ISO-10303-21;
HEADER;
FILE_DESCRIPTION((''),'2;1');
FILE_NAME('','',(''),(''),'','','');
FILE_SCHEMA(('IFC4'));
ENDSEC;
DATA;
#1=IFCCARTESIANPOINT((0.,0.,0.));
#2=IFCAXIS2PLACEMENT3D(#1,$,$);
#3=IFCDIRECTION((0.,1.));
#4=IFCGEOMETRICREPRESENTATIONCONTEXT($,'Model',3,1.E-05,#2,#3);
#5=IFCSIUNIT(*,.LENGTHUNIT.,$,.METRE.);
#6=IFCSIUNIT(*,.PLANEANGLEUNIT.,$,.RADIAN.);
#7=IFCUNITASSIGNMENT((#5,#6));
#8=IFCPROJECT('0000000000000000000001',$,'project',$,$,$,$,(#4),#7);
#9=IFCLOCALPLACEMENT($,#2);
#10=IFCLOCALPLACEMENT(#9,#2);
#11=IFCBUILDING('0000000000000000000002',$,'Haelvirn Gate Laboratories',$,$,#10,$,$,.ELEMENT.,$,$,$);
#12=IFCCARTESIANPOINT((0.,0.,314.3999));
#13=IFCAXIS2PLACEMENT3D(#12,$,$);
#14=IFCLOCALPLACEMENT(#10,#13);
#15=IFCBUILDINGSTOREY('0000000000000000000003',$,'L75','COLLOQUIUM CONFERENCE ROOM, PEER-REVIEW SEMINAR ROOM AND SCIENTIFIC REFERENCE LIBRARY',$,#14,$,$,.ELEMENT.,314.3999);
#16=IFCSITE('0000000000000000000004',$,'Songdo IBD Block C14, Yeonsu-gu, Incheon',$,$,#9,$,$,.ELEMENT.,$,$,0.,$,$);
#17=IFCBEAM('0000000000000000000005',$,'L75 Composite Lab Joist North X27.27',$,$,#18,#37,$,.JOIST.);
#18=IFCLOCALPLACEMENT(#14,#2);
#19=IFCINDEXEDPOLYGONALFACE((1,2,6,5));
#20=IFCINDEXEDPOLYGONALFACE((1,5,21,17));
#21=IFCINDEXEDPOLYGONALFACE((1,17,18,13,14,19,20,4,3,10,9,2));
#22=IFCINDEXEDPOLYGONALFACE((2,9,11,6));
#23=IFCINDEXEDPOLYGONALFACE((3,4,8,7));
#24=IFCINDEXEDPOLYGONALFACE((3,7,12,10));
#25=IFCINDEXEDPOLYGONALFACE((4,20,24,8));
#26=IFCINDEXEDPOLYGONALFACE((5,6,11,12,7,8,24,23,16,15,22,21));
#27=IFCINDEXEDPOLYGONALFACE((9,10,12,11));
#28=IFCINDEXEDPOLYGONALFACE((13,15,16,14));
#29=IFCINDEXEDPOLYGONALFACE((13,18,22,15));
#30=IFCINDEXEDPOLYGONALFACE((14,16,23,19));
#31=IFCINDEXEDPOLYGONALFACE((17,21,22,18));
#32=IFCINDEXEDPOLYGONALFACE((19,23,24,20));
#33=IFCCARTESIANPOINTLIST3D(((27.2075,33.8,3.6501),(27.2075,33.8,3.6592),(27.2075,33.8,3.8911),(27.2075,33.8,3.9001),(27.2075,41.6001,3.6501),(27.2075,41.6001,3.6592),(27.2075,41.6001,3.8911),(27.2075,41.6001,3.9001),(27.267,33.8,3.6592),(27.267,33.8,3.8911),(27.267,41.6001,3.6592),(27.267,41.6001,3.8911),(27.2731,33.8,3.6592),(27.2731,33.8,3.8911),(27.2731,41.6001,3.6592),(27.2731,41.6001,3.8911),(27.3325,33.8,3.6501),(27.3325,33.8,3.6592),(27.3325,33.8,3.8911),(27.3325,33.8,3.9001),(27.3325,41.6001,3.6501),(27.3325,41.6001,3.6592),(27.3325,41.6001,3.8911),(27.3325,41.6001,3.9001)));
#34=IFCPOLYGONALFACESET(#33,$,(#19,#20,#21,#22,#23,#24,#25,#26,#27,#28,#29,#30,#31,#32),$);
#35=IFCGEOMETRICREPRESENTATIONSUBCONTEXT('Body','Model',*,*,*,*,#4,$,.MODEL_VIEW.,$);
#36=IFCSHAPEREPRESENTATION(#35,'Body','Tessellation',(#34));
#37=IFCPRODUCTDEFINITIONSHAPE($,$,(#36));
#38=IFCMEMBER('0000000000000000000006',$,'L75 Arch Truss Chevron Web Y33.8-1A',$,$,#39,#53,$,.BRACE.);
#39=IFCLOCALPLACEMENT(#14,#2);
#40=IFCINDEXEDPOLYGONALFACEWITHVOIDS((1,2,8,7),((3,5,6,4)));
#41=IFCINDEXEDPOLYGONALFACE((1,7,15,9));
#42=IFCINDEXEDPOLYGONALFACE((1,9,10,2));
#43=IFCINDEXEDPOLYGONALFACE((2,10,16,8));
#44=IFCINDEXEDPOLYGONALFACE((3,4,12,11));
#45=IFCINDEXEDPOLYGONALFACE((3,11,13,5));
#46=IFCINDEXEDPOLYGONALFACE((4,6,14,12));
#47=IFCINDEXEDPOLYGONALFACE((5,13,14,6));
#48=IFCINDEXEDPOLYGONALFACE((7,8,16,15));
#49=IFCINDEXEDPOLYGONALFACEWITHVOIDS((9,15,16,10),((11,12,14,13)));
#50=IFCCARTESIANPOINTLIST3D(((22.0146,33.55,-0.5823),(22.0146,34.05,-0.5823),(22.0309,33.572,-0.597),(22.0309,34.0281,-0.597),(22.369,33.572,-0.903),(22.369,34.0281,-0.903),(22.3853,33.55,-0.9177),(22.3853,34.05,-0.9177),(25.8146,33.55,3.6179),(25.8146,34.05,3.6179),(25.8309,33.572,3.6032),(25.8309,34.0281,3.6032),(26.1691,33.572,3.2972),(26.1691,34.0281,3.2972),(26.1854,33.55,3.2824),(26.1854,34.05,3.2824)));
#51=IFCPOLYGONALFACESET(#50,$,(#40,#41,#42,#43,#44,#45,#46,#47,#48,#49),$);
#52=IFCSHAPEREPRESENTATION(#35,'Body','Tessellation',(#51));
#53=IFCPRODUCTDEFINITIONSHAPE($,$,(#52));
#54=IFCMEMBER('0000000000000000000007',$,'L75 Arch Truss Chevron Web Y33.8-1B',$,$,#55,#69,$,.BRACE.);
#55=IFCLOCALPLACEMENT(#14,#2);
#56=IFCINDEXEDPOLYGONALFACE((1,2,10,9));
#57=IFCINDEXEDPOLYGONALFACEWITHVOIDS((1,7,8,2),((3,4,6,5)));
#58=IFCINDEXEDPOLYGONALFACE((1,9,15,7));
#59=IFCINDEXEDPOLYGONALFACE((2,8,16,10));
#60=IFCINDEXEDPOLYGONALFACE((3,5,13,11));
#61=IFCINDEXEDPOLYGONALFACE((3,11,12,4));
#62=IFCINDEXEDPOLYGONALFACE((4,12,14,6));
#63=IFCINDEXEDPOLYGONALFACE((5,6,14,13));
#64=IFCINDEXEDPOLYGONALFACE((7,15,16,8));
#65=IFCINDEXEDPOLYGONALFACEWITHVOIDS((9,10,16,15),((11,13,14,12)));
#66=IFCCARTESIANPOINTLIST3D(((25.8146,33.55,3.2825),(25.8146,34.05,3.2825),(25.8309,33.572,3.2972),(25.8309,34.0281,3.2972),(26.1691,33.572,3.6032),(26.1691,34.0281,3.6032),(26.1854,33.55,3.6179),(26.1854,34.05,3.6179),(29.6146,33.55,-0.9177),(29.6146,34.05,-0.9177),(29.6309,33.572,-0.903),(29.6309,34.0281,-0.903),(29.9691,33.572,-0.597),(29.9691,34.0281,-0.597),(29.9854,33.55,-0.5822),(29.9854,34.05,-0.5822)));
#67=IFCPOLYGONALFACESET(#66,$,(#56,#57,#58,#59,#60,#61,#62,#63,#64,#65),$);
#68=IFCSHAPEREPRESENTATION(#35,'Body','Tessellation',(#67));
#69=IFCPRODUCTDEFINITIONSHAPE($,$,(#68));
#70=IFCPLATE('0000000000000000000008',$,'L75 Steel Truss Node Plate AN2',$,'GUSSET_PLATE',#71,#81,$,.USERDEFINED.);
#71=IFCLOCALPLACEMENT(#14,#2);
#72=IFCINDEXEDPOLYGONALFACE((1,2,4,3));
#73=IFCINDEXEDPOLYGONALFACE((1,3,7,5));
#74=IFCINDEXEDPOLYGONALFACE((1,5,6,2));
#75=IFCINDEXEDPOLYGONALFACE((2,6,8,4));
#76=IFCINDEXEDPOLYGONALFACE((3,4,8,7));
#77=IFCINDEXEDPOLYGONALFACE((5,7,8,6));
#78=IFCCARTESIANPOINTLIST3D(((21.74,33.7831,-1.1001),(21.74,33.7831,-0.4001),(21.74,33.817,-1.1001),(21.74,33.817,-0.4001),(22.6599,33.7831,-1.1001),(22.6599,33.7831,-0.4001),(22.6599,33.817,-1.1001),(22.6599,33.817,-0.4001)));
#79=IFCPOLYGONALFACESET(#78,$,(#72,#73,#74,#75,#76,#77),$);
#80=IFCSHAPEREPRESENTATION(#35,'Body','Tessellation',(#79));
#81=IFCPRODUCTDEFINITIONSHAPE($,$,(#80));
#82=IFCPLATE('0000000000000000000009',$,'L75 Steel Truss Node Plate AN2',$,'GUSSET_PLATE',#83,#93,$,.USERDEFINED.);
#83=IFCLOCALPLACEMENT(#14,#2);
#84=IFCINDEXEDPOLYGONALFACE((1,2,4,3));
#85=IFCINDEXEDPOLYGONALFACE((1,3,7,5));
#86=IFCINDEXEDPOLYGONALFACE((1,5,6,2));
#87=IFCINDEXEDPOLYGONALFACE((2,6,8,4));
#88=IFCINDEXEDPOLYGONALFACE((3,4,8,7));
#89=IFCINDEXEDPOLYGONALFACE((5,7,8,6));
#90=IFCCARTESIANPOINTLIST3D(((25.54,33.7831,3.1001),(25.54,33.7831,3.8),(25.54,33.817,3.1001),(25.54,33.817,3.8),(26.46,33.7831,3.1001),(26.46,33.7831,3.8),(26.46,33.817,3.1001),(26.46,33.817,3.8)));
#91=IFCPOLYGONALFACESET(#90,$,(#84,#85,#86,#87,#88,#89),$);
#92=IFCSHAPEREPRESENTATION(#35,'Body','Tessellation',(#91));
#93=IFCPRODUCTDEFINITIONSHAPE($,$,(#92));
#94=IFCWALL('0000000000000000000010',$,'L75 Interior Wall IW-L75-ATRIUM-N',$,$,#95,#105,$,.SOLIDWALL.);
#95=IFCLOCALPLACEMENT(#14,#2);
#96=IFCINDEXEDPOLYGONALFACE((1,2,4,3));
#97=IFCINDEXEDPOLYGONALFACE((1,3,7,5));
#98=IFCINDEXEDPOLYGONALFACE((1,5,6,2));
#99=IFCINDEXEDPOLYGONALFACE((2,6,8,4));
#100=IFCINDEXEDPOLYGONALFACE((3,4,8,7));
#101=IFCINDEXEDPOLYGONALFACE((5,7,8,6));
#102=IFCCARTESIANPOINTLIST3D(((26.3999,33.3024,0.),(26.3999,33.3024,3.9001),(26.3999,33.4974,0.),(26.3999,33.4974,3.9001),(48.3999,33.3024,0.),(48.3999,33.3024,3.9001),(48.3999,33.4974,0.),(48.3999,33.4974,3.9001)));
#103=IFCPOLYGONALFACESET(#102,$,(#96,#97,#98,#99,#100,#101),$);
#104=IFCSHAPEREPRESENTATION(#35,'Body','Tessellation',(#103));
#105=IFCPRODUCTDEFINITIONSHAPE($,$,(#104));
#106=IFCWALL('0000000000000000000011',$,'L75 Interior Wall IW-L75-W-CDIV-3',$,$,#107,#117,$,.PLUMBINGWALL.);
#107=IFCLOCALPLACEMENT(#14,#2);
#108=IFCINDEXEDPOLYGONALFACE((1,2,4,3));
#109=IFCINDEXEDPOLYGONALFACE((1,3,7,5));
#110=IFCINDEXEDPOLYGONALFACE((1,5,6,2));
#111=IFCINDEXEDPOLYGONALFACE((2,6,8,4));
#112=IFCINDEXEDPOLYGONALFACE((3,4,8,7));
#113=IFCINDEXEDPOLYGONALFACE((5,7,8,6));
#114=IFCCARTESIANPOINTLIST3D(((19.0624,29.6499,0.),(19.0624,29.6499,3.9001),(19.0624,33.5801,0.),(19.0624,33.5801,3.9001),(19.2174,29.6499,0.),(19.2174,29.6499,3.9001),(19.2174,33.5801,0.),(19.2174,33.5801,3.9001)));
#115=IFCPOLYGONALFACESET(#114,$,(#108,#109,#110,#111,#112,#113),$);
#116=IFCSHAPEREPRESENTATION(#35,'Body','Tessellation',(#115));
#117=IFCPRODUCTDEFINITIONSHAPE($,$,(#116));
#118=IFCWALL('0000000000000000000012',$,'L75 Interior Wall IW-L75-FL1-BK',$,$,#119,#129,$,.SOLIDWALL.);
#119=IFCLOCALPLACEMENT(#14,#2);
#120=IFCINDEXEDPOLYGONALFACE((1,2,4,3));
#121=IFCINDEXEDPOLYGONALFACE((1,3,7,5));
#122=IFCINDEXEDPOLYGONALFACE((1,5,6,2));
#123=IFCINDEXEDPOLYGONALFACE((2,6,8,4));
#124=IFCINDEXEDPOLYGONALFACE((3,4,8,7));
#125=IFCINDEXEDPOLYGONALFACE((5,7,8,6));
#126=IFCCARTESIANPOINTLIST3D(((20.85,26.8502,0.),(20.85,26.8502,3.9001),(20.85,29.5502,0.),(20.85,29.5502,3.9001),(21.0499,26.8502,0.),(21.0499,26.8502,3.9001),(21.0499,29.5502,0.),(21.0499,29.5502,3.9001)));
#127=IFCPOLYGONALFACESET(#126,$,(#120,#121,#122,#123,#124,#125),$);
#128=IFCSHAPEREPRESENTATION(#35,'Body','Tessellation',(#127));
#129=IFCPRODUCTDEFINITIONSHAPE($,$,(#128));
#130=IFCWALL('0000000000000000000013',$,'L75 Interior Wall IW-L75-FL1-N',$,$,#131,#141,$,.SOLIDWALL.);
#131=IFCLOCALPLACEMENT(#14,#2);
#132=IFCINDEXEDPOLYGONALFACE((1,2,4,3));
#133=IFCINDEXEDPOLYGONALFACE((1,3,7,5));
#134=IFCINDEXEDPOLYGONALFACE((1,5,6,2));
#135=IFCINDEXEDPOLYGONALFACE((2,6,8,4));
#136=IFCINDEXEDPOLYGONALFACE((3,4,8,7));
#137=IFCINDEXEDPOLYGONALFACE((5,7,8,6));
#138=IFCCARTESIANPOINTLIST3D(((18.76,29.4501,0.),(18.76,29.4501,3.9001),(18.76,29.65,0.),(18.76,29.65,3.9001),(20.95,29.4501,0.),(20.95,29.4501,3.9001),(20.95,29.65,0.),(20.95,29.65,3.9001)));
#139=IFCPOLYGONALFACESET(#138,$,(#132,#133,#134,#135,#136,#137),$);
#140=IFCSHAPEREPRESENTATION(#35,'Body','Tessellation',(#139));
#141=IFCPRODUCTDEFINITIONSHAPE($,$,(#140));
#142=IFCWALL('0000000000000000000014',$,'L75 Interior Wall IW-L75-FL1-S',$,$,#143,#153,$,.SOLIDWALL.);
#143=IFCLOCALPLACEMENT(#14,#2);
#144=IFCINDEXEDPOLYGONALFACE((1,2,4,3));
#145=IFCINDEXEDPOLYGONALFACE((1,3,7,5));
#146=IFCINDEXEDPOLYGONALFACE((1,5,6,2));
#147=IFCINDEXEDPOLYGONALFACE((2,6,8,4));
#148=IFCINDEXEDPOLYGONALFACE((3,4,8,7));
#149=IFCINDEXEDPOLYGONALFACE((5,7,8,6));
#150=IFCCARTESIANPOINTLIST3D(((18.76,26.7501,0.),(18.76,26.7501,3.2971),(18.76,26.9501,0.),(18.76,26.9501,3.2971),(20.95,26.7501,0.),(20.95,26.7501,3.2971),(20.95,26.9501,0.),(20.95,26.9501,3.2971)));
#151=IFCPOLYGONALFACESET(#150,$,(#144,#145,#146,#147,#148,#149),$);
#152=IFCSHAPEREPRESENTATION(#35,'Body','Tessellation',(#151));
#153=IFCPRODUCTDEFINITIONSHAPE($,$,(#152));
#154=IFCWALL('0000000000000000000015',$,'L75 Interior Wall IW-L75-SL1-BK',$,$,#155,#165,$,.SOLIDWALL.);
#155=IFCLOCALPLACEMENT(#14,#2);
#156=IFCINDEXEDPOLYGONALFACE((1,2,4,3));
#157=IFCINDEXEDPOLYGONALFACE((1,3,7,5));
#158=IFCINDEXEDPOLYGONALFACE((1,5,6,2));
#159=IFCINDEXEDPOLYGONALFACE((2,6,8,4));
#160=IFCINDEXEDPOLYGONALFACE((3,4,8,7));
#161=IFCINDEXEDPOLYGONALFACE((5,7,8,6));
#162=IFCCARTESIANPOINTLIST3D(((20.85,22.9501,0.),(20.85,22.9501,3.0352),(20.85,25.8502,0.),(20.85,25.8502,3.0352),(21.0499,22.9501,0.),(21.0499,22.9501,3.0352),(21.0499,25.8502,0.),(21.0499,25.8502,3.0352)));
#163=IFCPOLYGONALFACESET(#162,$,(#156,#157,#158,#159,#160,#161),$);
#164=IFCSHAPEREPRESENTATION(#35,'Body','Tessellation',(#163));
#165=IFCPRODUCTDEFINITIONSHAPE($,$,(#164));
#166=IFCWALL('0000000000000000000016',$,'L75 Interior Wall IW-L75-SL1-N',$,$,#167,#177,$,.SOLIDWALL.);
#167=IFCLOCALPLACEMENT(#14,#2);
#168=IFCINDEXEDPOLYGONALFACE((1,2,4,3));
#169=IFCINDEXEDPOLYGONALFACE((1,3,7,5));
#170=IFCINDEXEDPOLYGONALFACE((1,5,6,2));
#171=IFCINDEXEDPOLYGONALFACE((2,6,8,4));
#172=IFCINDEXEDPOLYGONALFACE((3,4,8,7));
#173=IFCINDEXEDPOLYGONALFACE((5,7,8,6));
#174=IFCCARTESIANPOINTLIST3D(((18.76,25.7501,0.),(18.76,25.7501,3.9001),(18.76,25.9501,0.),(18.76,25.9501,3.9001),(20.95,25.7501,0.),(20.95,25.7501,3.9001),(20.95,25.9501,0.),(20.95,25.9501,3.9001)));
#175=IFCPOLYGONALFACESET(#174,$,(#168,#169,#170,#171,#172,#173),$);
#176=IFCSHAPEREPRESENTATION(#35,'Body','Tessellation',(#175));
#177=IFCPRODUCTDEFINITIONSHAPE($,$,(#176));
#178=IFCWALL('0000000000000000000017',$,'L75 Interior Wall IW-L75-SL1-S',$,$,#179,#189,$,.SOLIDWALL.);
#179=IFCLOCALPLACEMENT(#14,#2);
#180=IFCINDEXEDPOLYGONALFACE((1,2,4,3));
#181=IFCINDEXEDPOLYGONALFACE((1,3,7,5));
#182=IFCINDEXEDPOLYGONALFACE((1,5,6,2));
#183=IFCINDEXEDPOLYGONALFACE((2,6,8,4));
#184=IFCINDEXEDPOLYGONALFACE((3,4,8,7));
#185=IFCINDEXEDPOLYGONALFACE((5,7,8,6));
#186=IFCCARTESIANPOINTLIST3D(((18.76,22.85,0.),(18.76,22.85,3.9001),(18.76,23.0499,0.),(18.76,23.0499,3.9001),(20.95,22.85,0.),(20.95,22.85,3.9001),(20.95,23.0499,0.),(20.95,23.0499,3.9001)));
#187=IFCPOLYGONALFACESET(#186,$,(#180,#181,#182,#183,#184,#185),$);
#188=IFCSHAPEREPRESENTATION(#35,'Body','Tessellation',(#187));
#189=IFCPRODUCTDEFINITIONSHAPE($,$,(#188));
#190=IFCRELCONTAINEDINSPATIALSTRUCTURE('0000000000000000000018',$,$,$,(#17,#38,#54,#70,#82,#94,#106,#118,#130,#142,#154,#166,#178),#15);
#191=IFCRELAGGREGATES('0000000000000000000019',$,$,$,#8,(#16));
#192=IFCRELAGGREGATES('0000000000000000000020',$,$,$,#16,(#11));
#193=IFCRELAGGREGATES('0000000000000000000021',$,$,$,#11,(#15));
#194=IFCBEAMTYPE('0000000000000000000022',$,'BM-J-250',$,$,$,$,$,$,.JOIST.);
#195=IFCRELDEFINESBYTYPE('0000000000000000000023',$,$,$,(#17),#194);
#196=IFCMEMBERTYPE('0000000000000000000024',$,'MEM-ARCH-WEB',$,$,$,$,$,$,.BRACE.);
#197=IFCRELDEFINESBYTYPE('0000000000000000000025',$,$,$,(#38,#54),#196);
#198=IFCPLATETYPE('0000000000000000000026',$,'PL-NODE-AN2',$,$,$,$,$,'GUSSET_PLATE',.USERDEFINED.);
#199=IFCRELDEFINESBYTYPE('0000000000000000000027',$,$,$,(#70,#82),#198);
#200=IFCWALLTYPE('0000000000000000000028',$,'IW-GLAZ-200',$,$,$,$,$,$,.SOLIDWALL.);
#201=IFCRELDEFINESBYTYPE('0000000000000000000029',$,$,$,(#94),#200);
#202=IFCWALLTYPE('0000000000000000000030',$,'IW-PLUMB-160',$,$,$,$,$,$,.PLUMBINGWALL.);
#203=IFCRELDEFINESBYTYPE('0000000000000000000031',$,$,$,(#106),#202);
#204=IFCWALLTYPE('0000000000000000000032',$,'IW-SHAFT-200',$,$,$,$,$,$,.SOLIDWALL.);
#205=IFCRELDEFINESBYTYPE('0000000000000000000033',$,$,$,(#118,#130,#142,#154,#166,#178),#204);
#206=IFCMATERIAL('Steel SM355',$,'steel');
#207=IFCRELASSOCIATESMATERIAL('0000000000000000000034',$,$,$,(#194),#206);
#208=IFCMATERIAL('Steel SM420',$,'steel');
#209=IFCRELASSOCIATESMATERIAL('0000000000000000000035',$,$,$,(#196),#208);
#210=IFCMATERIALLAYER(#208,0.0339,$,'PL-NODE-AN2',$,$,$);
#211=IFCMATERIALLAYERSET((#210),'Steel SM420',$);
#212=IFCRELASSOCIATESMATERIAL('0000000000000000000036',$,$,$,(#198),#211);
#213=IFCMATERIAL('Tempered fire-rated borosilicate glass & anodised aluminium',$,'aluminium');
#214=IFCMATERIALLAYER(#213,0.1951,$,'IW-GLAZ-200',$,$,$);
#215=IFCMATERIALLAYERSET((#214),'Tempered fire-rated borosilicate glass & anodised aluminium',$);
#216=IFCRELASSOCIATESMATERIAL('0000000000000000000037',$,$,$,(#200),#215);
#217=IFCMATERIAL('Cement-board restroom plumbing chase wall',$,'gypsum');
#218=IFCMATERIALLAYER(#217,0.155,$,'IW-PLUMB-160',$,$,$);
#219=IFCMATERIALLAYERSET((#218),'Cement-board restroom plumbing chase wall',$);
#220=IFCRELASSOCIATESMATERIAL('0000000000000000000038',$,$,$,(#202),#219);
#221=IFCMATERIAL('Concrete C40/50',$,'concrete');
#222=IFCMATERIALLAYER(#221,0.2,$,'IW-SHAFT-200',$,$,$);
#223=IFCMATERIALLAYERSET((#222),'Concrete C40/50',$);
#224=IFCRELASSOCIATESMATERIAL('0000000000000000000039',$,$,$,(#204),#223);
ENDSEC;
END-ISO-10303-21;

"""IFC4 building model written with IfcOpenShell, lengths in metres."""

from ifc_helpers import new_model, si_unit, direction, frame, frame_2d, origin, origin_2d, place, context, subcontext, project, spatial, rectangle, hollow_rectangle, i_section, extrude, source, transform, mapped, material, layer, layer_set, material_profile, profile_set, type_object, type_shapes, element, save


model = new_model("IFC4")

# Units and contexts
model_context = context("Model", 3, precision=1e-05, world=origin(), true_north=direction((0.0, 1.0)))
body_context = subcontext(model_context, "Body", "Model", "MODEL_VIEW")
ifc_project = project(units=[si_unit("LENGTHUNIT", "METRE"), si_unit("PLANEANGLEUNIT", "RADIAN")], contexts=[model_context])

# Site, building, storey
site_placement = place(None, origin())
site = spatial("IfcSite", under=ifc_project, at=site_placement, Name="Songdo IBD Block C14, Yeonsu-gu, Incheon", CompositionType="ELEMENT", RefElevation=0.0)
building_placement = place(site_placement, origin())
building = spatial("IfcBuilding", under=site, at=building_placement, Name="Haelvirn Gate Laboratories", CompositionType="ELEMENT")
storey_placement = place(building_placement, frame((0.0, 0.0, 314.3999)))
storey = spatial("IfcBuildingStorey", under=building, at=storey_placement, Name="L75", Description="COLLOQUIUM CONFERENCE ROOM, PEER-REVIEW SEMINAR ROOM AND SCIENTIFIC REFERENCE LIBRARY", CompositionType="ELEMENT", Elevation=314.3999)

# Shared definitions
ifc_material_1 = material(Name="Steel SM355", Category="steel")

# Beam
ifc_material_2 = material(Name="Steel SM420", Category="steel")
ifc_material_profile_1 = material_profile(ifc_material_1, i_section(OverallWidth=0.125, OverallDepth=0.25, WebThickness=0.0061, FlangeThickness=0.009, at=origin_2d()), Name="H-250x125x6x9")
ifc_profile_set_1 = profile_set([ifc_material_profile_1], Name="Steel SM355")
beam_type_1 = type_object("IfcBeamType", Name="BM-J-250", PredefinedType="JOIST", material=ifc_profile_set_1)
shared_shape_1 = source(origin(), body_context, "Body", "SweptSolid", [
    extrude(i_section(OverallWidth=0.125, OverallDepth=0.25, WebThickness=0.0061, FlangeThickness=0.009, at=origin_2d()), origin(), (0.0, 0.0, 1.0), 7.8),
])
type_shapes(beam_type_1, [shared_shape_1])
for number, where, z_axis, x_axis, name in (
    (1, (27.27, 33.8, 3.7751), (0.0, 1.0, 0.0), (-1.0, 0.0, 0.0), "L75 Composite Lab Joist North X27.27"),
):
    element("IfcBeam", number, at=place(storey_placement, frame(where, z_axis=z_axis, x_axis=x_axis)), inside=storey, type_object=beam_type_1, Name=name, PredefinedType="JOIST", context=body_context, shape_type="MappedRepresentation", body=[
        mapped(shared_shape_1, transform((0.0, 0.0, 0.0), scale=1.0)),
    ])

# Members
ifc_material_profile_2 = material_profile(ifc_material_2, hollow_rectangle(XDim=0.5, YDim=0.5, WallThickness=0.022, at=origin_2d()), Name="BOX-500x500x22")
ifc_profile_set_2 = profile_set([ifc_material_profile_2], Name="Steel SM420")
member_type = type_object("IfcMemberType", Name="MEM-ARCH-WEB", PredefinedType="BRACE", material=ifc_profile_set_2)
shared_shape_2 = source(origin(), body_context, "Body", "SweptSolid", [
    extrude(hollow_rectangle(XDim=0.5, YDim=0.5, WallThickness=0.022, at=origin_2d()), origin(), (0.0, 0.0, 1.0), 5.6641),
])
type_shapes(member_type, [shared_shape_2])
for number, where, z_axis, x_axis, name in (
    (2, (22.2, 33.8, -0.75), (0.670901, 0.0, 0.741547), (0.0, 1.0, 0.0), "L75 Arch Truss Chevron Web Y33.8-1A"),
    (3, (26.0, 33.8, 3.4502), (0.670901, 0.0, -0.741547), (0.0, 1.0, 0.0), "L75 Arch Truss Chevron Web Y33.8-1B"),
):
    element("IfcMember", number, at=place(storey_placement, frame(where, z_axis=z_axis, x_axis=x_axis)), inside=storey, type_object=member_type, Name=name, PredefinedType="BRACE", context=body_context, shape_type="MappedRepresentation", body=[
        mapped(shared_shape_2, transform((0.0, 0.0, 0.0), scale=1.0)),
    ])

# Plates
ifc_layer_1 = layer(ifc_material_2, 0.0339, Name="PL-NODE-AN2")
ifc_layer_set_1 = layer_set([ifc_layer_1], Name="Steel SM420")
plate_type = type_object("IfcPlateType", Name="PL-NODE-AN2", ElementType="GUSSET_PLATE", PredefinedType="USERDEFINED", material=ifc_layer_set_1)
shared_shape_3 = source(origin(), body_context, "Body", "SweptSolid", [
    extrude(rectangle(XDim=0.9199, YDim=0.0339, at=origin_2d()), origin(), (0.0, 0.0, 1.0), 0.7),
])
type_shapes(plate_type, [shared_shape_3])
for number, where, z_axis, x_axis, name in (
    (4, (22.2, 33.8, -1.1001), (0.0, 0.0, 1.0), (1.0, 0.0, 0.0), "L75 Steel Truss Node Plate AN2"),
    (5, (26.0, 33.8, 3.1001), (0.0, 0.0, 1.0), (1.0, 0.0, 0.0), "L75 Steel Truss Node Plate AN2"),
):
    element("IfcPlate", number, at=place(storey_placement, frame(where, z_axis=z_axis, x_axis=x_axis)), inside=storey, type_object=plate_type, Name=name, ObjectType="GUSSET_PLATE", PredefinedType="USERDEFINED", context=body_context, shape_type="MappedRepresentation", body=[
        mapped(shared_shape_3, transform((0.0, 0.0, 0.0), scale=1.0)),
    ])

# Walls
ifc_material_3 = material(Name="Tempered fire-rated borosilicate glass & anodised aluminium", Category="aluminium")
ifc_layer_2 = layer(ifc_material_3, 0.1951, Name="IW-GLAZ-200")
ifc_layer_set_2 = layer_set([ifc_layer_2], Name="Tempered fire-rated borosilicate glass & anodised aluminium")
wall_type_1 = type_object("IfcWallType", Name="IW-GLAZ-200", PredefinedType="SOLIDWALL", material=ifc_layer_set_2)
wall_1_placement = place(storey_placement, frame((26.3999, 33.3999, 0.0), z_axis=(0.0, 0.0, 1.0), x_axis=(1.0, 0.0, 0.0)))
element("IfcWall", 6, at=wall_1_placement, inside=storey, type_object=wall_type_1, Name="L75 Interior Wall IW-L75-ATRIUM-N", PredefinedType="SOLIDWALL", context=body_context, shape_type="SweptSolid", body=[
    extrude(rectangle(XDim=22.0, YDim=0.1951, at=frame_2d((11.0, 0.0))), origin(), (0.0, 0.0, 1.0), 3.9001),
])
ifc_material_4 = material(Name="Cement-board restroom plumbing chase wall", Category="gypsum")
ifc_layer_3 = layer(ifc_material_4, 0.155, Name="IW-PLUMB-160")
ifc_layer_set_3 = layer_set([ifc_layer_3], Name="Cement-board restroom plumbing chase wall")
wall_type_2 = type_object("IfcWallType", Name="IW-PLUMB-160", PredefinedType="PLUMBINGWALL", material=ifc_layer_set_3)
wall_2_placement = place(storey_placement, frame((19.1399, 29.6499, 0.0), z_axis=(0.0, 0.0, 1.0), x_axis=(0.0, 1.0, 0.0)))
element("IfcWall", 7, at=wall_2_placement, inside=storey, type_object=wall_type_2, Name="L75 Interior Wall IW-L75-W-CDIV-3", PredefinedType="PLUMBINGWALL", context=body_context, shape_type="SweptSolid", body=[
    extrude(rectangle(XDim=3.9302, YDim=0.155, at=frame_2d((1.9651, 0.0))), origin(), (0.0, 0.0, 1.0), 3.9001),
])
ifc_material_5 = material(Name="Concrete C40/50", Category="concrete")
ifc_layer_4 = layer(ifc_material_5, 0.2, Name="IW-SHAFT-200")
ifc_layer_set_4 = layer_set([ifc_layer_4], Name="Concrete C40/50")
wall_type_3 = type_object("IfcWallType", Name="IW-SHAFT-200", PredefinedType="SOLIDWALL", material=ifc_layer_set_4)
wall_3_placement = place(storey_placement, frame((20.95, 26.8501, 0.0), z_axis=(0.0, 0.0, 1.0), x_axis=(0.0, 1.0, 0.0)))
element("IfcWall", 8, at=wall_3_placement, inside=storey, type_object=wall_type_3, Name="L75 Interior Wall IW-L75-FL1-BK", PredefinedType="SOLIDWALL", context=body_context, shape_type="SweptSolid", body=[
    extrude(rectangle(XDim=2.7, YDim=0.2, at=frame_2d((1.3501, 0.0))), origin(), (0.0, 0.0, 1.0), 3.9001),
])
wall_4_placement = place(storey_placement, frame((18.76, 29.55, 0.0), z_axis=(0.0, 0.0, 1.0), x_axis=(1.0, 0.0, 0.0)))
element("IfcWall", 9, at=wall_4_placement, inside=storey, type_object=wall_type_3, Name="L75 Interior Wall IW-L75-FL1-N", PredefinedType="SOLIDWALL", context=body_context, shape_type="SweptSolid", body=[
    extrude(rectangle(XDim=2.1899, YDim=0.2, at=frame_2d((1.095, 0.0))), origin(), (0.0, 0.0, 1.0), 3.9001),
])
wall_5_placement = place(storey_placement, frame((18.76, 26.8501, 0.0), z_axis=(0.0, 0.0, 1.0), x_axis=(1.0, 0.0, 0.0)))
element("IfcWall", 10, at=wall_5_placement, inside=storey, type_object=wall_type_3, Name="L75 Interior Wall IW-L75-FL1-S", PredefinedType="SOLIDWALL", context=body_context, shape_type="SweptSolid", body=[
    extrude(rectangle(XDim=2.1899, YDim=0.2, at=frame_2d((1.095, 0.0))), origin(), (0.0, 0.0, 1.0), 3.2971),
])
wall_6_placement = place(storey_placement, frame((20.95, 22.95, 0.0), z_axis=(0.0, 0.0, 1.0), x_axis=(0.0, 1.0, 0.0)))
element("IfcWall", 11, at=wall_6_placement, inside=storey, type_object=wall_type_3, Name="L75 Interior Wall IW-L75-SL1-BK", PredefinedType="SOLIDWALL", context=body_context, shape_type="SweptSolid", body=[
    extrude(rectangle(XDim=2.9001, YDim=0.2, at=frame_2d((1.4502, 0.0))), origin(), (0.0, 0.0, 1.0), 3.0352),
])
for number, where, z_axis, x_axis, name in (
    (12, (18.76, 25.8501, 0.0), (0.0, 0.0, 1.0), (1.0, 0.0, 0.0), "L75 Interior Wall IW-L75-SL1-N"),
    (13, (18.76, 22.95, 0.0), (0.0, 0.0, 1.0), (1.0, 0.0, 0.0), "L75 Interior Wall IW-L75-SL1-S"),
):
    element("IfcWall", number, at=place(storey_placement, frame(where, z_axis=z_axis, x_axis=x_axis)), inside=storey, type_object=wall_type_3, Name=name, PredefinedType="SOLIDWALL", context=body_context, shape_type="SweptSolid", body=[
        extrude(rectangle(XDim=2.1899, YDim=0.2, at=frame_2d((1.095, 0.0))), origin(), (0.0, 0.0, 1.0), 3.9001),
    ])

save(model, "model.ifc")
